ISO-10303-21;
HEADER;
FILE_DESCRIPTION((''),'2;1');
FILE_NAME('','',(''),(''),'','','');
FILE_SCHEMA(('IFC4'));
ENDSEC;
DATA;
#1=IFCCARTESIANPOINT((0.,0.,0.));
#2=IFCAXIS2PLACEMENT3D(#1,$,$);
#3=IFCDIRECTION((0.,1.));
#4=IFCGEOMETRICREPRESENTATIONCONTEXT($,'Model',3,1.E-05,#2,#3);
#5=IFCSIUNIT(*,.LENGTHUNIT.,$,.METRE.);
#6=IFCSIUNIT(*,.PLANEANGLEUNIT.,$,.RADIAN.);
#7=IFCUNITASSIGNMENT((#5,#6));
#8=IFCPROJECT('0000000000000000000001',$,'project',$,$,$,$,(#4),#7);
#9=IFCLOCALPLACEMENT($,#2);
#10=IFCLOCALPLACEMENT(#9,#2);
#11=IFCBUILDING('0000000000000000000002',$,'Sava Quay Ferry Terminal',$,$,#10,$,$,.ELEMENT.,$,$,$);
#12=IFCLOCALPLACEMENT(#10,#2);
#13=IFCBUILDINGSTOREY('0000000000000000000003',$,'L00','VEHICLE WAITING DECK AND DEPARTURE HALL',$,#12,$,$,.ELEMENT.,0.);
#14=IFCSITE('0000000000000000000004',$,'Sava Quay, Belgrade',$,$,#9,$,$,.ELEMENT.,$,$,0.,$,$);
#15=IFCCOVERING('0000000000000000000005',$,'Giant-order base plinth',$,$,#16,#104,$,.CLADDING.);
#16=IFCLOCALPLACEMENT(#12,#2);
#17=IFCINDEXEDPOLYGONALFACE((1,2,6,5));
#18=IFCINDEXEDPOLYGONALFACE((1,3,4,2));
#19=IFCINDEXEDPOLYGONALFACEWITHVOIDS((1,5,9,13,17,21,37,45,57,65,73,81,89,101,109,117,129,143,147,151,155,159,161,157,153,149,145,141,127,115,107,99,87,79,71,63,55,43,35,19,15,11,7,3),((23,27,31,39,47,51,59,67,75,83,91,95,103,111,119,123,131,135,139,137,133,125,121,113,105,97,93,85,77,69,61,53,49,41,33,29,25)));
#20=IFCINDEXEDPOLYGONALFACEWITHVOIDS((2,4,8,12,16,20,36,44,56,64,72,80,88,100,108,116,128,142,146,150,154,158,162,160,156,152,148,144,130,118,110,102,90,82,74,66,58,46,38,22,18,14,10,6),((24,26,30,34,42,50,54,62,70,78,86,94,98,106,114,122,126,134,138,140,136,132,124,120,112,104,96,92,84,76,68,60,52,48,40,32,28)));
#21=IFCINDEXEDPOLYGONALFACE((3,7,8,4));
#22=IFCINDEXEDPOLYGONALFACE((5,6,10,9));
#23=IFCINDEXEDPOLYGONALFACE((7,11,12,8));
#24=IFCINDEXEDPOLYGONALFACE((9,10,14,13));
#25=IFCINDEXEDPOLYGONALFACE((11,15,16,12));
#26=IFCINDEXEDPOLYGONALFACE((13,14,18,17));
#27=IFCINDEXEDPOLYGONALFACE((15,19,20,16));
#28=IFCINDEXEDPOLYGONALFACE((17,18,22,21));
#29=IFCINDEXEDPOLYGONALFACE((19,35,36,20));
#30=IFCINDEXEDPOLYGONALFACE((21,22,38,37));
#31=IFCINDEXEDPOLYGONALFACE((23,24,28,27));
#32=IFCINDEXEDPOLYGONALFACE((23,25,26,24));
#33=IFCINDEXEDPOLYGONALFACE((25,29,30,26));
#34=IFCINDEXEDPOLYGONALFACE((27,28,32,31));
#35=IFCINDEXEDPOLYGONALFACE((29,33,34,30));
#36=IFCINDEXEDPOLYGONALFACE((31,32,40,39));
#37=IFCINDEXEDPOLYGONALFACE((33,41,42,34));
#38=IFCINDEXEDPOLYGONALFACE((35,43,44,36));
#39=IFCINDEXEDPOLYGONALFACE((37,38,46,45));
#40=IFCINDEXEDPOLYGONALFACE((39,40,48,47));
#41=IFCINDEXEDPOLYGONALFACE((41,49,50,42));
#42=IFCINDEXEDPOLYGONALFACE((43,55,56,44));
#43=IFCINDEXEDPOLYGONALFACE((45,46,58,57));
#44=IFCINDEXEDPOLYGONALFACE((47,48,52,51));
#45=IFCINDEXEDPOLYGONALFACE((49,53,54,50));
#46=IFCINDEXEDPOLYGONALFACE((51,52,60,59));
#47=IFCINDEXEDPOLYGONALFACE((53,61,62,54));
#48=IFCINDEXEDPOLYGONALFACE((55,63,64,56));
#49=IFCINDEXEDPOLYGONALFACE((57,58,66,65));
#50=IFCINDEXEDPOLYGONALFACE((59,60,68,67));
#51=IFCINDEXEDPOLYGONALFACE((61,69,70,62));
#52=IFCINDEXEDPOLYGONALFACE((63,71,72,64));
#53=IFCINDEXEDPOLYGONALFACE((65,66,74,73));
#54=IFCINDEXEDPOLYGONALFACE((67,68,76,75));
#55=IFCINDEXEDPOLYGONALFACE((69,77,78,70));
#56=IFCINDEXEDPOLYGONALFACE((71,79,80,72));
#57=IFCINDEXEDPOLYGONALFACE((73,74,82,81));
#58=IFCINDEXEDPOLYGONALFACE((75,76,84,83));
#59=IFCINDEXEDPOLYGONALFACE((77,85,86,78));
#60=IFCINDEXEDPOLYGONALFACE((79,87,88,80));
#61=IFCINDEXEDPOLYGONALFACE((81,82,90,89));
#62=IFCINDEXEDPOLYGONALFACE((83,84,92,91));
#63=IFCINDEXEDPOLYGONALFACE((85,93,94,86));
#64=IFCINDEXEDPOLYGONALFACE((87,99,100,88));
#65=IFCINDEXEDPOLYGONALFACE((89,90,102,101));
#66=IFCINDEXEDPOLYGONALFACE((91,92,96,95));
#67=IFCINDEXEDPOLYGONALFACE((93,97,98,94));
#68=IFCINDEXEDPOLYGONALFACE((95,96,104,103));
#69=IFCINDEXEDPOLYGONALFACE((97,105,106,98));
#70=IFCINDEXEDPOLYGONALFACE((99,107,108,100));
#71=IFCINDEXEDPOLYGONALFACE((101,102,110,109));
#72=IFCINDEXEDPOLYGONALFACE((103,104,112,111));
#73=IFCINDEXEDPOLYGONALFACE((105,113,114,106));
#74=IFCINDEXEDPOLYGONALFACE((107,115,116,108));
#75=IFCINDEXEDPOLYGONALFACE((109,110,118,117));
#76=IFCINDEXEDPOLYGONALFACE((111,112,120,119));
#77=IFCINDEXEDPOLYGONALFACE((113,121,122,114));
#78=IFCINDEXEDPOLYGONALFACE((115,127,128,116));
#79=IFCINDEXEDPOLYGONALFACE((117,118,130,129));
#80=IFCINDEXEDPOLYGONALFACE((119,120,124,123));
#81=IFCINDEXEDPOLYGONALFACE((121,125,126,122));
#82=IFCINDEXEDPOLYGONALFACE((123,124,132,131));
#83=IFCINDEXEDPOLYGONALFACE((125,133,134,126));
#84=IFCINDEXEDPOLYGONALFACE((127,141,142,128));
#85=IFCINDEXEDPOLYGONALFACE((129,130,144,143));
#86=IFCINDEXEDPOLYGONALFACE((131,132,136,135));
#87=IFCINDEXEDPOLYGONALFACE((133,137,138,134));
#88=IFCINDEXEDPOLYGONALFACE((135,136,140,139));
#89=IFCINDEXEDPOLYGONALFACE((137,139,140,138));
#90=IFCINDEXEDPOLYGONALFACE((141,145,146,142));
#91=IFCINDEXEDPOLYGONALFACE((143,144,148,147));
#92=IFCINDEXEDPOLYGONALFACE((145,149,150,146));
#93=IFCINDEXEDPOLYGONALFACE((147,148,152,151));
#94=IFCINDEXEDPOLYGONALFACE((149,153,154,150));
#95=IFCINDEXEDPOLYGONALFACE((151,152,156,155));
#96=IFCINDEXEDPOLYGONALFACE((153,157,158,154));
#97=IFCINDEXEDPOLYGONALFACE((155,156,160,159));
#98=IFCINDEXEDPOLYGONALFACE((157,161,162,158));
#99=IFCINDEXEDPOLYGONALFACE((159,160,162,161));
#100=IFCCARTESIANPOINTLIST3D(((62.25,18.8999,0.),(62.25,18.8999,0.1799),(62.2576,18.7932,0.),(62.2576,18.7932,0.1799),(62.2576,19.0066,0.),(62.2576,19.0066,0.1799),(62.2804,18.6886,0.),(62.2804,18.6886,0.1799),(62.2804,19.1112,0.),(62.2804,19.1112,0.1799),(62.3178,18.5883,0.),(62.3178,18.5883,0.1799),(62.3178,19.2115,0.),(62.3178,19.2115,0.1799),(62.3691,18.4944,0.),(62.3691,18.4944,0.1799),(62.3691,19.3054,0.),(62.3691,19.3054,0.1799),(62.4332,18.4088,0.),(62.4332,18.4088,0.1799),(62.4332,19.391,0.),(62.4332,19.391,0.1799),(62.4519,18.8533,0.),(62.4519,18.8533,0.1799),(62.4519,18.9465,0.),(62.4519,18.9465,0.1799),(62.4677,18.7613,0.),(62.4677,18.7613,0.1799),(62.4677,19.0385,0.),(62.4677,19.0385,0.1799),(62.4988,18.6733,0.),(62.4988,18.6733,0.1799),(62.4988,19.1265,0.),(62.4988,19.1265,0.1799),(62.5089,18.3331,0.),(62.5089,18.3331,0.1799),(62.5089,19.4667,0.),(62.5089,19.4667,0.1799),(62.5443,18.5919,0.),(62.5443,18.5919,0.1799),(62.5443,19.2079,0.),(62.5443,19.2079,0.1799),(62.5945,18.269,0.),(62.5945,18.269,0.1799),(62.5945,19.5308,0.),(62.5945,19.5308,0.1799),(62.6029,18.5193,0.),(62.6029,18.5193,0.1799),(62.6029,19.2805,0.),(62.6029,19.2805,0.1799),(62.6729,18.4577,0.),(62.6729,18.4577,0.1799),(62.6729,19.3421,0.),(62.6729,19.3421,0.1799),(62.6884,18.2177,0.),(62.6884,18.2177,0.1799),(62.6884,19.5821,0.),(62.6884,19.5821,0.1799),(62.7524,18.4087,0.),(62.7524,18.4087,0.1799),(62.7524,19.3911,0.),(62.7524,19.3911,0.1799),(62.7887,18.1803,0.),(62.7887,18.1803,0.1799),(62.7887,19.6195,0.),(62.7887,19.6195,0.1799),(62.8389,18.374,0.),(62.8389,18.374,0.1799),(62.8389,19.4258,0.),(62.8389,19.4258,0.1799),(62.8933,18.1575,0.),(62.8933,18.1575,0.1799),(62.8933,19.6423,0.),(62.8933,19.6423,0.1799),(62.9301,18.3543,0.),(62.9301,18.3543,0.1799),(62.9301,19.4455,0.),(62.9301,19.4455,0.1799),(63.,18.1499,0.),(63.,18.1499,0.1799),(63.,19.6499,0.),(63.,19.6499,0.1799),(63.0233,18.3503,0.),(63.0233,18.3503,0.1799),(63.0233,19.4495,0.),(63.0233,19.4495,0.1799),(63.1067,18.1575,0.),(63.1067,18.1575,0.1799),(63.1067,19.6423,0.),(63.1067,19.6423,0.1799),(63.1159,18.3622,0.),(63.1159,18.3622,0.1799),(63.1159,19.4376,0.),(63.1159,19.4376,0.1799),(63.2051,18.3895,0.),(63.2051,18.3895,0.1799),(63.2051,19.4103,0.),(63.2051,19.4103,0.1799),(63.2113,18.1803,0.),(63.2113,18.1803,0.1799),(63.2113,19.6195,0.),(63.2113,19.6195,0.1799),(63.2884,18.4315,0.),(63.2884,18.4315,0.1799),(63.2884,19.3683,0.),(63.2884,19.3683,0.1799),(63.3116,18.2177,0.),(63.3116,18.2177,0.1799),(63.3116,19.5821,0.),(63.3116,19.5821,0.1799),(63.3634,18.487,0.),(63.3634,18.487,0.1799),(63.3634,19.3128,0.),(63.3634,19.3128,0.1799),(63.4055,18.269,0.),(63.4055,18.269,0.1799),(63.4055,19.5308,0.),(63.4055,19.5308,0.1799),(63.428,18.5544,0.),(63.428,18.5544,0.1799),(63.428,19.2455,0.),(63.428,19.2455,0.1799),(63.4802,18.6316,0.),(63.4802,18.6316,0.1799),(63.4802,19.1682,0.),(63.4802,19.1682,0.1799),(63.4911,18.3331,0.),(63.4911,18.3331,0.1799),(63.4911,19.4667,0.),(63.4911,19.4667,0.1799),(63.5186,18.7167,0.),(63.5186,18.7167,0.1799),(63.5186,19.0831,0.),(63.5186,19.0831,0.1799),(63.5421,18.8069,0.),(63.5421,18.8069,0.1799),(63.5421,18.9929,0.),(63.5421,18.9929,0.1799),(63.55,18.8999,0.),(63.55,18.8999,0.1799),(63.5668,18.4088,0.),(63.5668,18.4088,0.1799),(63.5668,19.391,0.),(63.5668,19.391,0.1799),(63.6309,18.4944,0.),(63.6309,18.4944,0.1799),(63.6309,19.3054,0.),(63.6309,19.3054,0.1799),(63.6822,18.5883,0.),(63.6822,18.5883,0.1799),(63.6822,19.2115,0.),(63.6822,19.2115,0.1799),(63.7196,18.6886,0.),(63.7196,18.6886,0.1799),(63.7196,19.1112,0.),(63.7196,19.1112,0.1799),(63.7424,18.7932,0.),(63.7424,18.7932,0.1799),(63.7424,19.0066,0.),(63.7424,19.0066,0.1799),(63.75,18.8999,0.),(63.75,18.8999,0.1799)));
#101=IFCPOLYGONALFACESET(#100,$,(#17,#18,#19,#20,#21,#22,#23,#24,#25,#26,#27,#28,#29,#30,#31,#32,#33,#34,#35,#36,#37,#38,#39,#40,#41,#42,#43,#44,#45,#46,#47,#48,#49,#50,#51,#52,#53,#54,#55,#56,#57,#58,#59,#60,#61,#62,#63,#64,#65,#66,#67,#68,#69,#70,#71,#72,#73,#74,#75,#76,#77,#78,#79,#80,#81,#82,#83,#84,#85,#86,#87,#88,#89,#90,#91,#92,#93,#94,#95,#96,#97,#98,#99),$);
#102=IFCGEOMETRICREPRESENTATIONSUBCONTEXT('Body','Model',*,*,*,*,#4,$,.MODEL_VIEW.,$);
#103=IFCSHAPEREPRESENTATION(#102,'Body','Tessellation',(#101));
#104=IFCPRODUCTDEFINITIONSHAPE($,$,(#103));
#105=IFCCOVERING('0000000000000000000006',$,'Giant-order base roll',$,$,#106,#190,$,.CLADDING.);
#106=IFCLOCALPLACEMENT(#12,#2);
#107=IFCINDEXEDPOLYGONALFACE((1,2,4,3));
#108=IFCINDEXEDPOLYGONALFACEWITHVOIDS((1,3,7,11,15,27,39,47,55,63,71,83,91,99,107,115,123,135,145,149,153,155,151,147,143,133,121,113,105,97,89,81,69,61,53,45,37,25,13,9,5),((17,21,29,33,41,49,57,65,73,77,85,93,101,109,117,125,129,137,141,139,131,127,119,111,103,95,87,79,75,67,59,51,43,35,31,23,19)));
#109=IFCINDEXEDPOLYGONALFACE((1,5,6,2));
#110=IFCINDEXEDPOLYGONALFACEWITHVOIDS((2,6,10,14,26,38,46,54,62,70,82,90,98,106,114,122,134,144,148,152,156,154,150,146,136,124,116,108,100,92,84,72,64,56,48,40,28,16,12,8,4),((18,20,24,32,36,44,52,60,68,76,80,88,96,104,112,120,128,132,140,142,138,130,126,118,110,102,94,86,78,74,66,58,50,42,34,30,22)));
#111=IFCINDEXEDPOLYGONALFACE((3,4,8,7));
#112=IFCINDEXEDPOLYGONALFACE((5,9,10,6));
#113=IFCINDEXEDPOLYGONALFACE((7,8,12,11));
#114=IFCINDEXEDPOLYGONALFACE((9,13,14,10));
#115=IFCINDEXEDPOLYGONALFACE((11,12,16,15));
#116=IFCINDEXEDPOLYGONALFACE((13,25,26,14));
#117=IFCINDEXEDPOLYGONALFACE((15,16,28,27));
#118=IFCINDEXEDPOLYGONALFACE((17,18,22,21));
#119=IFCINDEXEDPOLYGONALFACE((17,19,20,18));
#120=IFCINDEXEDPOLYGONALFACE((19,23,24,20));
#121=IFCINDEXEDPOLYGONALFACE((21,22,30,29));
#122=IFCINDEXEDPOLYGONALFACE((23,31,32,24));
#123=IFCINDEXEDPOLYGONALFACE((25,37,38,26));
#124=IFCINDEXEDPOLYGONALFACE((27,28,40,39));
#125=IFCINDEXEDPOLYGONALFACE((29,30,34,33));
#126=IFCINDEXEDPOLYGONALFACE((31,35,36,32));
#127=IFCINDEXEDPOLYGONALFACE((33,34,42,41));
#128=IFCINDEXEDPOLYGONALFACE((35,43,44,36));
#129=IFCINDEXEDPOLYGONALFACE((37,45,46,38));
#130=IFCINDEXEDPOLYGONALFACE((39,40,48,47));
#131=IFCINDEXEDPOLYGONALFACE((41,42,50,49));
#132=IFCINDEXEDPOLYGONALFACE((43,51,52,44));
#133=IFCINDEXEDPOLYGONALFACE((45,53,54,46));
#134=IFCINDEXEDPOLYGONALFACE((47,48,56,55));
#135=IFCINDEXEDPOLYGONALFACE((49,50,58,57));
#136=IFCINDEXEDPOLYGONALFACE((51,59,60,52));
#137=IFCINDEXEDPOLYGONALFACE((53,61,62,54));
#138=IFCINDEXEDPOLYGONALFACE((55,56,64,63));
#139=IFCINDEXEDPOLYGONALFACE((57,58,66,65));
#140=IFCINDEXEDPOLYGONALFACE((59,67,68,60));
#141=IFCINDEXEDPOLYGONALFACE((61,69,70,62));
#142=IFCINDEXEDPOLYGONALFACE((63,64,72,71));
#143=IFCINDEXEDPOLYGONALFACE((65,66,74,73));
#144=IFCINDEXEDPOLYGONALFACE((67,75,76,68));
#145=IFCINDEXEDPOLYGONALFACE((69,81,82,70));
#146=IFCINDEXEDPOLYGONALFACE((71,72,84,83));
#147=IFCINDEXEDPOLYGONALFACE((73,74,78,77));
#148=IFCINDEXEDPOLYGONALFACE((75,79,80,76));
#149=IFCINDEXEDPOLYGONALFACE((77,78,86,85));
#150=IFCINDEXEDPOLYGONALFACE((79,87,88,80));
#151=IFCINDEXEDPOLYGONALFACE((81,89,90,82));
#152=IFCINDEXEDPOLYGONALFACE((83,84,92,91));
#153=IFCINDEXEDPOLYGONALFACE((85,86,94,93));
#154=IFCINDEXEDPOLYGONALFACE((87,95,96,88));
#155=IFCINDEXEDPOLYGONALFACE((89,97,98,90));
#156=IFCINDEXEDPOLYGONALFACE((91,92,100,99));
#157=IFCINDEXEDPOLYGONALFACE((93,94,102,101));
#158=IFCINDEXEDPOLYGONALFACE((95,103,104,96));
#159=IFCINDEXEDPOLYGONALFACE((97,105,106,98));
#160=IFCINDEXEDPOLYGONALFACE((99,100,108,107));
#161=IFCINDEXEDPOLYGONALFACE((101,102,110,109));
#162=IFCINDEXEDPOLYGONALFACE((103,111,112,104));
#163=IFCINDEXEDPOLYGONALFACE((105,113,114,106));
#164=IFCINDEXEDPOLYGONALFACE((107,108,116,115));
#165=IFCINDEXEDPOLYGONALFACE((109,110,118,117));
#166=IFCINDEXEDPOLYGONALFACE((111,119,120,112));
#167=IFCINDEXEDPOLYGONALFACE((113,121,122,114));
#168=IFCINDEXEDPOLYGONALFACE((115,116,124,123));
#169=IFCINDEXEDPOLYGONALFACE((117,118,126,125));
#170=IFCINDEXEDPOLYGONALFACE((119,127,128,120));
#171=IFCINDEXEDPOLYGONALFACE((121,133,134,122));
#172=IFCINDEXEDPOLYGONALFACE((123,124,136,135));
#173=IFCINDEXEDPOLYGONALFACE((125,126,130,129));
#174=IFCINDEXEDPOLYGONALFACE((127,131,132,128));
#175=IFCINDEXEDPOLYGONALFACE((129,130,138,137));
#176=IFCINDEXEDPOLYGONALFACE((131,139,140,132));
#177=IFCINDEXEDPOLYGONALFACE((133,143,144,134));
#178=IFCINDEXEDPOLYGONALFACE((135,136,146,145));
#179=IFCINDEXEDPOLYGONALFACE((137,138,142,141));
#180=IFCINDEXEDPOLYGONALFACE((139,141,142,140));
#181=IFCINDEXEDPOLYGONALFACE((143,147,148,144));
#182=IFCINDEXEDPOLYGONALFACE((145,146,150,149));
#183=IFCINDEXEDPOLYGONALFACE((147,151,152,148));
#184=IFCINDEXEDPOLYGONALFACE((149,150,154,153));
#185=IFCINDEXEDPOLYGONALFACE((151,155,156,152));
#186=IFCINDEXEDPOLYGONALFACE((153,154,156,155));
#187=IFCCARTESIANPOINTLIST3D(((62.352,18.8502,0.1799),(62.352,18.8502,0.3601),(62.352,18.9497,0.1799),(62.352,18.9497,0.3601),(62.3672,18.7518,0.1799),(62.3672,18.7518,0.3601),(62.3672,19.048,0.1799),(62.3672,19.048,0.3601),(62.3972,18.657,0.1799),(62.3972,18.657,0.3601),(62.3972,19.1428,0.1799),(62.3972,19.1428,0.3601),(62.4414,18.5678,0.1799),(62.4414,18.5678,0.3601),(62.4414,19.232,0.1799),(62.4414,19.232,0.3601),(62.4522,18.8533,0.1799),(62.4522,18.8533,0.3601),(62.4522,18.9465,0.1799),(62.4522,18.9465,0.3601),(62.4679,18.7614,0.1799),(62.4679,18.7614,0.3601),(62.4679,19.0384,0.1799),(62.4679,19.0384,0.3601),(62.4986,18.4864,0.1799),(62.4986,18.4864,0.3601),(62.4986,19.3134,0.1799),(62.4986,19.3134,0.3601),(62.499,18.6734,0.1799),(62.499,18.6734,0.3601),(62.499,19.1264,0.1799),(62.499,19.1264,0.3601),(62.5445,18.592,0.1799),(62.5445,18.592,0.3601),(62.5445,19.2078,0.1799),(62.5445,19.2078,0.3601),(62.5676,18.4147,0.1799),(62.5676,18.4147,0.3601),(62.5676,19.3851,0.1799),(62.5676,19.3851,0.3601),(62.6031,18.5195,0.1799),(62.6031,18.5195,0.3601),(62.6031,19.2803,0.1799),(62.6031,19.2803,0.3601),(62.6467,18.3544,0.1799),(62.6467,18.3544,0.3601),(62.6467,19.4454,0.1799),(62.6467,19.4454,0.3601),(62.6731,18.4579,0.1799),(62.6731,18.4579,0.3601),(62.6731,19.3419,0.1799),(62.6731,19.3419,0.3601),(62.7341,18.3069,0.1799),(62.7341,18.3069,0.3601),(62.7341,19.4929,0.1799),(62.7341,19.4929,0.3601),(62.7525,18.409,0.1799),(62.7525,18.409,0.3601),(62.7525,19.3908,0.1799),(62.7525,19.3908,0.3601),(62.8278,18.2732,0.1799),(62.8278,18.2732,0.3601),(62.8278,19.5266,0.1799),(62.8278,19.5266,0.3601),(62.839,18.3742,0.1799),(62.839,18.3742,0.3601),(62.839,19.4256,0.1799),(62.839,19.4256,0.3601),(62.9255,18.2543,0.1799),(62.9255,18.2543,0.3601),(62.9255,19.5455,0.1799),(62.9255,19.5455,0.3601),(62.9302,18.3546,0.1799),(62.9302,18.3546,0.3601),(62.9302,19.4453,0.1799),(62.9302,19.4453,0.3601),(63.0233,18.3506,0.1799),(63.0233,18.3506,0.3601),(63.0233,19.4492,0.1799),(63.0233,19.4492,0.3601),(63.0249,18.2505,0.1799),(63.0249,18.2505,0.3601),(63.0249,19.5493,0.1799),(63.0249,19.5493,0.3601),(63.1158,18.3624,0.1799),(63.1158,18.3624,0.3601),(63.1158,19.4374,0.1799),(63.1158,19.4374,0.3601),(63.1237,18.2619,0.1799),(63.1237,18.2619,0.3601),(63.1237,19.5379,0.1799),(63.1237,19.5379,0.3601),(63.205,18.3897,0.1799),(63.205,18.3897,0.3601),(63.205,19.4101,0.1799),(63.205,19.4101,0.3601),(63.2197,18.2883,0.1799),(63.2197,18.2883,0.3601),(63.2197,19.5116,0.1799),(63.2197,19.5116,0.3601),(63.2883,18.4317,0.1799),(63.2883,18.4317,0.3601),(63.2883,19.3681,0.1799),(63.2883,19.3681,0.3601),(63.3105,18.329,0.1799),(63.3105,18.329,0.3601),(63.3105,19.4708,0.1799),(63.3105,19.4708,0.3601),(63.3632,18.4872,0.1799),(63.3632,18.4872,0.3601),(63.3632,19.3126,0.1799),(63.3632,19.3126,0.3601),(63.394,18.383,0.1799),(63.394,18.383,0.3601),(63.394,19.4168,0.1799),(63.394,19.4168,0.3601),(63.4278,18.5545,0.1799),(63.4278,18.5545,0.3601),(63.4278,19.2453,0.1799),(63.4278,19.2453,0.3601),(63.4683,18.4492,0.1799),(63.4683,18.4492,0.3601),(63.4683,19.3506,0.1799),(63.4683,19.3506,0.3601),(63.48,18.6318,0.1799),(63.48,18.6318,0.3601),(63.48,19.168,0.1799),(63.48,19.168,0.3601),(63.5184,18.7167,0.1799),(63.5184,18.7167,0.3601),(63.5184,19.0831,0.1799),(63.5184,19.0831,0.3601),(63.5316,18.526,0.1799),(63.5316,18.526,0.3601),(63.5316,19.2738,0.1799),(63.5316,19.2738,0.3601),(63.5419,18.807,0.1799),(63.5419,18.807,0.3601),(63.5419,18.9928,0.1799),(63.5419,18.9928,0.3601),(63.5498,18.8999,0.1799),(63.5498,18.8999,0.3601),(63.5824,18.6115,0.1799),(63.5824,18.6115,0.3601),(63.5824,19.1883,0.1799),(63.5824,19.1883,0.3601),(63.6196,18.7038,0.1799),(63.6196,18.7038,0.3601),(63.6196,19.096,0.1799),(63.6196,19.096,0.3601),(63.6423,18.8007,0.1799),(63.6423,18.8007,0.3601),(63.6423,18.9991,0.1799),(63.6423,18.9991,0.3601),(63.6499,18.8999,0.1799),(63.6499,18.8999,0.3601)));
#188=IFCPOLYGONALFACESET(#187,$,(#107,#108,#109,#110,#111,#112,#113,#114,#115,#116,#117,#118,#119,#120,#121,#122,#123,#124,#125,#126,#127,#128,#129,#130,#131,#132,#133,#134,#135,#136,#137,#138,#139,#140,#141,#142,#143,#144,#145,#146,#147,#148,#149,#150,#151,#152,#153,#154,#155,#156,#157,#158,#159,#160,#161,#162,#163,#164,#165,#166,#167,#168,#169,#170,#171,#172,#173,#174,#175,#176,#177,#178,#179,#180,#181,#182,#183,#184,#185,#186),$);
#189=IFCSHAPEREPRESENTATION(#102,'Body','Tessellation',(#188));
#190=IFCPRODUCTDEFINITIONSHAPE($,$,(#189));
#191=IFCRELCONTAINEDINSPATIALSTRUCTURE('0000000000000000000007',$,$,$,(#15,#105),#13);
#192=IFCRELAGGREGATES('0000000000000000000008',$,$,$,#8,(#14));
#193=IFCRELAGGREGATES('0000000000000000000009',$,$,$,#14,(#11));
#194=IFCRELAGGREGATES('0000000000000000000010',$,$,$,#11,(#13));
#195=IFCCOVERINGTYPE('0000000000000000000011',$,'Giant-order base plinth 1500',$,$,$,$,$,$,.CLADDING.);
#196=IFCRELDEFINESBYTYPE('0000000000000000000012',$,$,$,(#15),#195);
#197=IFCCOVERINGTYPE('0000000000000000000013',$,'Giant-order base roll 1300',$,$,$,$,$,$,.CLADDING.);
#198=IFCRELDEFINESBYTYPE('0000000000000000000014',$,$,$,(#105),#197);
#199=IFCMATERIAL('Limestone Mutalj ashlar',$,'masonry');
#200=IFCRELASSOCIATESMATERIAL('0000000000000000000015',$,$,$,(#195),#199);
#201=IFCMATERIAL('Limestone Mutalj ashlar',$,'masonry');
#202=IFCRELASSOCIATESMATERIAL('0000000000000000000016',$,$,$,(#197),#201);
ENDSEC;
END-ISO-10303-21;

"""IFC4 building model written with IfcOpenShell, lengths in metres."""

from ifc_helpers import new_model, si_unit, direction, frame, origin, origin_2d, place, context, subcontext, project, spatial, hollow_circle, extrude, material, material_profile, profile_set, type_object, element, save


model = new_model("IFC4")

# Units and contexts
model_context = context("Model", 3, precision=1e-05, world=origin(), true_north=direction((0.0, 1.0)))
body_context = subcontext(model_context, "Body", "Model", "MODEL_VIEW")
ifc_project = project(units=[si_unit("LENGTHUNIT", "METRE"), si_unit("PLANEANGLEUNIT", "RADIAN")], contexts=[model_context])

# Site, building, storey
site_placement = place(None, origin())
site = spatial("IfcSite", under=ifc_project, at=site_placement, Name="Sava Quay, Belgrade", CompositionType="ELEMENT", RefElevation=0.0)
building_placement = place(site_placement, origin())
building = spatial("IfcBuilding", under=site, at=building_placement, Name="Sava Quay Ferry Terminal", CompositionType="ELEMENT")
storey_placement = place(building_placement, origin())
storey = spatial("IfcBuildingStorey", under=building, at=storey_placement, Name="L00", Description="VEHICLE WAITING DECK AND DEPARTURE HALL", CompositionType="ELEMENT", Elevation=0.0)

# Coverings
ifc_material_1 = material(Name="Limestone Mutalj ashlar", Category="masonry")
ifc_material_profile_1 = material_profile(ifc_material_1, hollow_circle(Radius=0.75, WallThickness=0.2, at=origin_2d()), Name="Base plinth 1500")
ifc_profile_set_1 = profile_set([ifc_material_profile_1], Name="Limestone Mutalj ashlar")
covering_type_1 = type_object("IfcCoveringType", Name="Giant-order base plinth 1500", PredefinedType="CLADDING", material=ifc_profile_set_1)
covering_1_placement = place(storey_placement, frame((63.0, 18.8999, 0.0), z_axis=(0.0, 0.0, 1.0), x_axis=(1.0, 0.0, 0.0)))
element("IfcCovering", 1, at=covering_1_placement, inside=storey, type_object=covering_type_1, Name="Giant-order base plinth", PredefinedType="CLADDING", context=body_context, shape_type="SweptSolid", body=[
    extrude(hollow_circle(Radius=0.75, WallThickness=0.2, at=origin_2d()), origin(), (0.0, 0.0, 1.0), 0.1799),
])
ifc_material_2 = material(Name="Limestone Mutalj ashlar", Category="masonry")
ifc_material_profile_2 = material_profile(ifc_material_2, hollow_circle(Radius=0.6499, WallThickness=0.1001, at=origin_2d()), Name="Base roll 1300")
ifc_profile_set_2 = profile_set([ifc_material_profile_2], Name="Limestone Mutalj ashlar")
covering_type_2 = type_object("IfcCoveringType", Name="Giant-order base roll 1300", PredefinedType="CLADDING", material=ifc_profile_set_2)
covering_2_placement = place(storey_placement, frame((63.0, 18.8999, 0.1799), z_axis=(0.0, 0.0, 1.0), x_axis=(1.0, 0.0, 0.0)))
element("IfcCovering", 2, at=covering_2_placement, inside=storey, type_object=covering_type_2, Name="Giant-order base roll", PredefinedType="CLADDING", context=body_context, shape_type="SweptSolid", body=[
    extrude(hollow_circle(Radius=0.6499, WallThickness=0.1001, at=origin_2d()), origin(), (0.0, 0.0, 1.0), 0.1802),
])

save(model, "model.ifc")
